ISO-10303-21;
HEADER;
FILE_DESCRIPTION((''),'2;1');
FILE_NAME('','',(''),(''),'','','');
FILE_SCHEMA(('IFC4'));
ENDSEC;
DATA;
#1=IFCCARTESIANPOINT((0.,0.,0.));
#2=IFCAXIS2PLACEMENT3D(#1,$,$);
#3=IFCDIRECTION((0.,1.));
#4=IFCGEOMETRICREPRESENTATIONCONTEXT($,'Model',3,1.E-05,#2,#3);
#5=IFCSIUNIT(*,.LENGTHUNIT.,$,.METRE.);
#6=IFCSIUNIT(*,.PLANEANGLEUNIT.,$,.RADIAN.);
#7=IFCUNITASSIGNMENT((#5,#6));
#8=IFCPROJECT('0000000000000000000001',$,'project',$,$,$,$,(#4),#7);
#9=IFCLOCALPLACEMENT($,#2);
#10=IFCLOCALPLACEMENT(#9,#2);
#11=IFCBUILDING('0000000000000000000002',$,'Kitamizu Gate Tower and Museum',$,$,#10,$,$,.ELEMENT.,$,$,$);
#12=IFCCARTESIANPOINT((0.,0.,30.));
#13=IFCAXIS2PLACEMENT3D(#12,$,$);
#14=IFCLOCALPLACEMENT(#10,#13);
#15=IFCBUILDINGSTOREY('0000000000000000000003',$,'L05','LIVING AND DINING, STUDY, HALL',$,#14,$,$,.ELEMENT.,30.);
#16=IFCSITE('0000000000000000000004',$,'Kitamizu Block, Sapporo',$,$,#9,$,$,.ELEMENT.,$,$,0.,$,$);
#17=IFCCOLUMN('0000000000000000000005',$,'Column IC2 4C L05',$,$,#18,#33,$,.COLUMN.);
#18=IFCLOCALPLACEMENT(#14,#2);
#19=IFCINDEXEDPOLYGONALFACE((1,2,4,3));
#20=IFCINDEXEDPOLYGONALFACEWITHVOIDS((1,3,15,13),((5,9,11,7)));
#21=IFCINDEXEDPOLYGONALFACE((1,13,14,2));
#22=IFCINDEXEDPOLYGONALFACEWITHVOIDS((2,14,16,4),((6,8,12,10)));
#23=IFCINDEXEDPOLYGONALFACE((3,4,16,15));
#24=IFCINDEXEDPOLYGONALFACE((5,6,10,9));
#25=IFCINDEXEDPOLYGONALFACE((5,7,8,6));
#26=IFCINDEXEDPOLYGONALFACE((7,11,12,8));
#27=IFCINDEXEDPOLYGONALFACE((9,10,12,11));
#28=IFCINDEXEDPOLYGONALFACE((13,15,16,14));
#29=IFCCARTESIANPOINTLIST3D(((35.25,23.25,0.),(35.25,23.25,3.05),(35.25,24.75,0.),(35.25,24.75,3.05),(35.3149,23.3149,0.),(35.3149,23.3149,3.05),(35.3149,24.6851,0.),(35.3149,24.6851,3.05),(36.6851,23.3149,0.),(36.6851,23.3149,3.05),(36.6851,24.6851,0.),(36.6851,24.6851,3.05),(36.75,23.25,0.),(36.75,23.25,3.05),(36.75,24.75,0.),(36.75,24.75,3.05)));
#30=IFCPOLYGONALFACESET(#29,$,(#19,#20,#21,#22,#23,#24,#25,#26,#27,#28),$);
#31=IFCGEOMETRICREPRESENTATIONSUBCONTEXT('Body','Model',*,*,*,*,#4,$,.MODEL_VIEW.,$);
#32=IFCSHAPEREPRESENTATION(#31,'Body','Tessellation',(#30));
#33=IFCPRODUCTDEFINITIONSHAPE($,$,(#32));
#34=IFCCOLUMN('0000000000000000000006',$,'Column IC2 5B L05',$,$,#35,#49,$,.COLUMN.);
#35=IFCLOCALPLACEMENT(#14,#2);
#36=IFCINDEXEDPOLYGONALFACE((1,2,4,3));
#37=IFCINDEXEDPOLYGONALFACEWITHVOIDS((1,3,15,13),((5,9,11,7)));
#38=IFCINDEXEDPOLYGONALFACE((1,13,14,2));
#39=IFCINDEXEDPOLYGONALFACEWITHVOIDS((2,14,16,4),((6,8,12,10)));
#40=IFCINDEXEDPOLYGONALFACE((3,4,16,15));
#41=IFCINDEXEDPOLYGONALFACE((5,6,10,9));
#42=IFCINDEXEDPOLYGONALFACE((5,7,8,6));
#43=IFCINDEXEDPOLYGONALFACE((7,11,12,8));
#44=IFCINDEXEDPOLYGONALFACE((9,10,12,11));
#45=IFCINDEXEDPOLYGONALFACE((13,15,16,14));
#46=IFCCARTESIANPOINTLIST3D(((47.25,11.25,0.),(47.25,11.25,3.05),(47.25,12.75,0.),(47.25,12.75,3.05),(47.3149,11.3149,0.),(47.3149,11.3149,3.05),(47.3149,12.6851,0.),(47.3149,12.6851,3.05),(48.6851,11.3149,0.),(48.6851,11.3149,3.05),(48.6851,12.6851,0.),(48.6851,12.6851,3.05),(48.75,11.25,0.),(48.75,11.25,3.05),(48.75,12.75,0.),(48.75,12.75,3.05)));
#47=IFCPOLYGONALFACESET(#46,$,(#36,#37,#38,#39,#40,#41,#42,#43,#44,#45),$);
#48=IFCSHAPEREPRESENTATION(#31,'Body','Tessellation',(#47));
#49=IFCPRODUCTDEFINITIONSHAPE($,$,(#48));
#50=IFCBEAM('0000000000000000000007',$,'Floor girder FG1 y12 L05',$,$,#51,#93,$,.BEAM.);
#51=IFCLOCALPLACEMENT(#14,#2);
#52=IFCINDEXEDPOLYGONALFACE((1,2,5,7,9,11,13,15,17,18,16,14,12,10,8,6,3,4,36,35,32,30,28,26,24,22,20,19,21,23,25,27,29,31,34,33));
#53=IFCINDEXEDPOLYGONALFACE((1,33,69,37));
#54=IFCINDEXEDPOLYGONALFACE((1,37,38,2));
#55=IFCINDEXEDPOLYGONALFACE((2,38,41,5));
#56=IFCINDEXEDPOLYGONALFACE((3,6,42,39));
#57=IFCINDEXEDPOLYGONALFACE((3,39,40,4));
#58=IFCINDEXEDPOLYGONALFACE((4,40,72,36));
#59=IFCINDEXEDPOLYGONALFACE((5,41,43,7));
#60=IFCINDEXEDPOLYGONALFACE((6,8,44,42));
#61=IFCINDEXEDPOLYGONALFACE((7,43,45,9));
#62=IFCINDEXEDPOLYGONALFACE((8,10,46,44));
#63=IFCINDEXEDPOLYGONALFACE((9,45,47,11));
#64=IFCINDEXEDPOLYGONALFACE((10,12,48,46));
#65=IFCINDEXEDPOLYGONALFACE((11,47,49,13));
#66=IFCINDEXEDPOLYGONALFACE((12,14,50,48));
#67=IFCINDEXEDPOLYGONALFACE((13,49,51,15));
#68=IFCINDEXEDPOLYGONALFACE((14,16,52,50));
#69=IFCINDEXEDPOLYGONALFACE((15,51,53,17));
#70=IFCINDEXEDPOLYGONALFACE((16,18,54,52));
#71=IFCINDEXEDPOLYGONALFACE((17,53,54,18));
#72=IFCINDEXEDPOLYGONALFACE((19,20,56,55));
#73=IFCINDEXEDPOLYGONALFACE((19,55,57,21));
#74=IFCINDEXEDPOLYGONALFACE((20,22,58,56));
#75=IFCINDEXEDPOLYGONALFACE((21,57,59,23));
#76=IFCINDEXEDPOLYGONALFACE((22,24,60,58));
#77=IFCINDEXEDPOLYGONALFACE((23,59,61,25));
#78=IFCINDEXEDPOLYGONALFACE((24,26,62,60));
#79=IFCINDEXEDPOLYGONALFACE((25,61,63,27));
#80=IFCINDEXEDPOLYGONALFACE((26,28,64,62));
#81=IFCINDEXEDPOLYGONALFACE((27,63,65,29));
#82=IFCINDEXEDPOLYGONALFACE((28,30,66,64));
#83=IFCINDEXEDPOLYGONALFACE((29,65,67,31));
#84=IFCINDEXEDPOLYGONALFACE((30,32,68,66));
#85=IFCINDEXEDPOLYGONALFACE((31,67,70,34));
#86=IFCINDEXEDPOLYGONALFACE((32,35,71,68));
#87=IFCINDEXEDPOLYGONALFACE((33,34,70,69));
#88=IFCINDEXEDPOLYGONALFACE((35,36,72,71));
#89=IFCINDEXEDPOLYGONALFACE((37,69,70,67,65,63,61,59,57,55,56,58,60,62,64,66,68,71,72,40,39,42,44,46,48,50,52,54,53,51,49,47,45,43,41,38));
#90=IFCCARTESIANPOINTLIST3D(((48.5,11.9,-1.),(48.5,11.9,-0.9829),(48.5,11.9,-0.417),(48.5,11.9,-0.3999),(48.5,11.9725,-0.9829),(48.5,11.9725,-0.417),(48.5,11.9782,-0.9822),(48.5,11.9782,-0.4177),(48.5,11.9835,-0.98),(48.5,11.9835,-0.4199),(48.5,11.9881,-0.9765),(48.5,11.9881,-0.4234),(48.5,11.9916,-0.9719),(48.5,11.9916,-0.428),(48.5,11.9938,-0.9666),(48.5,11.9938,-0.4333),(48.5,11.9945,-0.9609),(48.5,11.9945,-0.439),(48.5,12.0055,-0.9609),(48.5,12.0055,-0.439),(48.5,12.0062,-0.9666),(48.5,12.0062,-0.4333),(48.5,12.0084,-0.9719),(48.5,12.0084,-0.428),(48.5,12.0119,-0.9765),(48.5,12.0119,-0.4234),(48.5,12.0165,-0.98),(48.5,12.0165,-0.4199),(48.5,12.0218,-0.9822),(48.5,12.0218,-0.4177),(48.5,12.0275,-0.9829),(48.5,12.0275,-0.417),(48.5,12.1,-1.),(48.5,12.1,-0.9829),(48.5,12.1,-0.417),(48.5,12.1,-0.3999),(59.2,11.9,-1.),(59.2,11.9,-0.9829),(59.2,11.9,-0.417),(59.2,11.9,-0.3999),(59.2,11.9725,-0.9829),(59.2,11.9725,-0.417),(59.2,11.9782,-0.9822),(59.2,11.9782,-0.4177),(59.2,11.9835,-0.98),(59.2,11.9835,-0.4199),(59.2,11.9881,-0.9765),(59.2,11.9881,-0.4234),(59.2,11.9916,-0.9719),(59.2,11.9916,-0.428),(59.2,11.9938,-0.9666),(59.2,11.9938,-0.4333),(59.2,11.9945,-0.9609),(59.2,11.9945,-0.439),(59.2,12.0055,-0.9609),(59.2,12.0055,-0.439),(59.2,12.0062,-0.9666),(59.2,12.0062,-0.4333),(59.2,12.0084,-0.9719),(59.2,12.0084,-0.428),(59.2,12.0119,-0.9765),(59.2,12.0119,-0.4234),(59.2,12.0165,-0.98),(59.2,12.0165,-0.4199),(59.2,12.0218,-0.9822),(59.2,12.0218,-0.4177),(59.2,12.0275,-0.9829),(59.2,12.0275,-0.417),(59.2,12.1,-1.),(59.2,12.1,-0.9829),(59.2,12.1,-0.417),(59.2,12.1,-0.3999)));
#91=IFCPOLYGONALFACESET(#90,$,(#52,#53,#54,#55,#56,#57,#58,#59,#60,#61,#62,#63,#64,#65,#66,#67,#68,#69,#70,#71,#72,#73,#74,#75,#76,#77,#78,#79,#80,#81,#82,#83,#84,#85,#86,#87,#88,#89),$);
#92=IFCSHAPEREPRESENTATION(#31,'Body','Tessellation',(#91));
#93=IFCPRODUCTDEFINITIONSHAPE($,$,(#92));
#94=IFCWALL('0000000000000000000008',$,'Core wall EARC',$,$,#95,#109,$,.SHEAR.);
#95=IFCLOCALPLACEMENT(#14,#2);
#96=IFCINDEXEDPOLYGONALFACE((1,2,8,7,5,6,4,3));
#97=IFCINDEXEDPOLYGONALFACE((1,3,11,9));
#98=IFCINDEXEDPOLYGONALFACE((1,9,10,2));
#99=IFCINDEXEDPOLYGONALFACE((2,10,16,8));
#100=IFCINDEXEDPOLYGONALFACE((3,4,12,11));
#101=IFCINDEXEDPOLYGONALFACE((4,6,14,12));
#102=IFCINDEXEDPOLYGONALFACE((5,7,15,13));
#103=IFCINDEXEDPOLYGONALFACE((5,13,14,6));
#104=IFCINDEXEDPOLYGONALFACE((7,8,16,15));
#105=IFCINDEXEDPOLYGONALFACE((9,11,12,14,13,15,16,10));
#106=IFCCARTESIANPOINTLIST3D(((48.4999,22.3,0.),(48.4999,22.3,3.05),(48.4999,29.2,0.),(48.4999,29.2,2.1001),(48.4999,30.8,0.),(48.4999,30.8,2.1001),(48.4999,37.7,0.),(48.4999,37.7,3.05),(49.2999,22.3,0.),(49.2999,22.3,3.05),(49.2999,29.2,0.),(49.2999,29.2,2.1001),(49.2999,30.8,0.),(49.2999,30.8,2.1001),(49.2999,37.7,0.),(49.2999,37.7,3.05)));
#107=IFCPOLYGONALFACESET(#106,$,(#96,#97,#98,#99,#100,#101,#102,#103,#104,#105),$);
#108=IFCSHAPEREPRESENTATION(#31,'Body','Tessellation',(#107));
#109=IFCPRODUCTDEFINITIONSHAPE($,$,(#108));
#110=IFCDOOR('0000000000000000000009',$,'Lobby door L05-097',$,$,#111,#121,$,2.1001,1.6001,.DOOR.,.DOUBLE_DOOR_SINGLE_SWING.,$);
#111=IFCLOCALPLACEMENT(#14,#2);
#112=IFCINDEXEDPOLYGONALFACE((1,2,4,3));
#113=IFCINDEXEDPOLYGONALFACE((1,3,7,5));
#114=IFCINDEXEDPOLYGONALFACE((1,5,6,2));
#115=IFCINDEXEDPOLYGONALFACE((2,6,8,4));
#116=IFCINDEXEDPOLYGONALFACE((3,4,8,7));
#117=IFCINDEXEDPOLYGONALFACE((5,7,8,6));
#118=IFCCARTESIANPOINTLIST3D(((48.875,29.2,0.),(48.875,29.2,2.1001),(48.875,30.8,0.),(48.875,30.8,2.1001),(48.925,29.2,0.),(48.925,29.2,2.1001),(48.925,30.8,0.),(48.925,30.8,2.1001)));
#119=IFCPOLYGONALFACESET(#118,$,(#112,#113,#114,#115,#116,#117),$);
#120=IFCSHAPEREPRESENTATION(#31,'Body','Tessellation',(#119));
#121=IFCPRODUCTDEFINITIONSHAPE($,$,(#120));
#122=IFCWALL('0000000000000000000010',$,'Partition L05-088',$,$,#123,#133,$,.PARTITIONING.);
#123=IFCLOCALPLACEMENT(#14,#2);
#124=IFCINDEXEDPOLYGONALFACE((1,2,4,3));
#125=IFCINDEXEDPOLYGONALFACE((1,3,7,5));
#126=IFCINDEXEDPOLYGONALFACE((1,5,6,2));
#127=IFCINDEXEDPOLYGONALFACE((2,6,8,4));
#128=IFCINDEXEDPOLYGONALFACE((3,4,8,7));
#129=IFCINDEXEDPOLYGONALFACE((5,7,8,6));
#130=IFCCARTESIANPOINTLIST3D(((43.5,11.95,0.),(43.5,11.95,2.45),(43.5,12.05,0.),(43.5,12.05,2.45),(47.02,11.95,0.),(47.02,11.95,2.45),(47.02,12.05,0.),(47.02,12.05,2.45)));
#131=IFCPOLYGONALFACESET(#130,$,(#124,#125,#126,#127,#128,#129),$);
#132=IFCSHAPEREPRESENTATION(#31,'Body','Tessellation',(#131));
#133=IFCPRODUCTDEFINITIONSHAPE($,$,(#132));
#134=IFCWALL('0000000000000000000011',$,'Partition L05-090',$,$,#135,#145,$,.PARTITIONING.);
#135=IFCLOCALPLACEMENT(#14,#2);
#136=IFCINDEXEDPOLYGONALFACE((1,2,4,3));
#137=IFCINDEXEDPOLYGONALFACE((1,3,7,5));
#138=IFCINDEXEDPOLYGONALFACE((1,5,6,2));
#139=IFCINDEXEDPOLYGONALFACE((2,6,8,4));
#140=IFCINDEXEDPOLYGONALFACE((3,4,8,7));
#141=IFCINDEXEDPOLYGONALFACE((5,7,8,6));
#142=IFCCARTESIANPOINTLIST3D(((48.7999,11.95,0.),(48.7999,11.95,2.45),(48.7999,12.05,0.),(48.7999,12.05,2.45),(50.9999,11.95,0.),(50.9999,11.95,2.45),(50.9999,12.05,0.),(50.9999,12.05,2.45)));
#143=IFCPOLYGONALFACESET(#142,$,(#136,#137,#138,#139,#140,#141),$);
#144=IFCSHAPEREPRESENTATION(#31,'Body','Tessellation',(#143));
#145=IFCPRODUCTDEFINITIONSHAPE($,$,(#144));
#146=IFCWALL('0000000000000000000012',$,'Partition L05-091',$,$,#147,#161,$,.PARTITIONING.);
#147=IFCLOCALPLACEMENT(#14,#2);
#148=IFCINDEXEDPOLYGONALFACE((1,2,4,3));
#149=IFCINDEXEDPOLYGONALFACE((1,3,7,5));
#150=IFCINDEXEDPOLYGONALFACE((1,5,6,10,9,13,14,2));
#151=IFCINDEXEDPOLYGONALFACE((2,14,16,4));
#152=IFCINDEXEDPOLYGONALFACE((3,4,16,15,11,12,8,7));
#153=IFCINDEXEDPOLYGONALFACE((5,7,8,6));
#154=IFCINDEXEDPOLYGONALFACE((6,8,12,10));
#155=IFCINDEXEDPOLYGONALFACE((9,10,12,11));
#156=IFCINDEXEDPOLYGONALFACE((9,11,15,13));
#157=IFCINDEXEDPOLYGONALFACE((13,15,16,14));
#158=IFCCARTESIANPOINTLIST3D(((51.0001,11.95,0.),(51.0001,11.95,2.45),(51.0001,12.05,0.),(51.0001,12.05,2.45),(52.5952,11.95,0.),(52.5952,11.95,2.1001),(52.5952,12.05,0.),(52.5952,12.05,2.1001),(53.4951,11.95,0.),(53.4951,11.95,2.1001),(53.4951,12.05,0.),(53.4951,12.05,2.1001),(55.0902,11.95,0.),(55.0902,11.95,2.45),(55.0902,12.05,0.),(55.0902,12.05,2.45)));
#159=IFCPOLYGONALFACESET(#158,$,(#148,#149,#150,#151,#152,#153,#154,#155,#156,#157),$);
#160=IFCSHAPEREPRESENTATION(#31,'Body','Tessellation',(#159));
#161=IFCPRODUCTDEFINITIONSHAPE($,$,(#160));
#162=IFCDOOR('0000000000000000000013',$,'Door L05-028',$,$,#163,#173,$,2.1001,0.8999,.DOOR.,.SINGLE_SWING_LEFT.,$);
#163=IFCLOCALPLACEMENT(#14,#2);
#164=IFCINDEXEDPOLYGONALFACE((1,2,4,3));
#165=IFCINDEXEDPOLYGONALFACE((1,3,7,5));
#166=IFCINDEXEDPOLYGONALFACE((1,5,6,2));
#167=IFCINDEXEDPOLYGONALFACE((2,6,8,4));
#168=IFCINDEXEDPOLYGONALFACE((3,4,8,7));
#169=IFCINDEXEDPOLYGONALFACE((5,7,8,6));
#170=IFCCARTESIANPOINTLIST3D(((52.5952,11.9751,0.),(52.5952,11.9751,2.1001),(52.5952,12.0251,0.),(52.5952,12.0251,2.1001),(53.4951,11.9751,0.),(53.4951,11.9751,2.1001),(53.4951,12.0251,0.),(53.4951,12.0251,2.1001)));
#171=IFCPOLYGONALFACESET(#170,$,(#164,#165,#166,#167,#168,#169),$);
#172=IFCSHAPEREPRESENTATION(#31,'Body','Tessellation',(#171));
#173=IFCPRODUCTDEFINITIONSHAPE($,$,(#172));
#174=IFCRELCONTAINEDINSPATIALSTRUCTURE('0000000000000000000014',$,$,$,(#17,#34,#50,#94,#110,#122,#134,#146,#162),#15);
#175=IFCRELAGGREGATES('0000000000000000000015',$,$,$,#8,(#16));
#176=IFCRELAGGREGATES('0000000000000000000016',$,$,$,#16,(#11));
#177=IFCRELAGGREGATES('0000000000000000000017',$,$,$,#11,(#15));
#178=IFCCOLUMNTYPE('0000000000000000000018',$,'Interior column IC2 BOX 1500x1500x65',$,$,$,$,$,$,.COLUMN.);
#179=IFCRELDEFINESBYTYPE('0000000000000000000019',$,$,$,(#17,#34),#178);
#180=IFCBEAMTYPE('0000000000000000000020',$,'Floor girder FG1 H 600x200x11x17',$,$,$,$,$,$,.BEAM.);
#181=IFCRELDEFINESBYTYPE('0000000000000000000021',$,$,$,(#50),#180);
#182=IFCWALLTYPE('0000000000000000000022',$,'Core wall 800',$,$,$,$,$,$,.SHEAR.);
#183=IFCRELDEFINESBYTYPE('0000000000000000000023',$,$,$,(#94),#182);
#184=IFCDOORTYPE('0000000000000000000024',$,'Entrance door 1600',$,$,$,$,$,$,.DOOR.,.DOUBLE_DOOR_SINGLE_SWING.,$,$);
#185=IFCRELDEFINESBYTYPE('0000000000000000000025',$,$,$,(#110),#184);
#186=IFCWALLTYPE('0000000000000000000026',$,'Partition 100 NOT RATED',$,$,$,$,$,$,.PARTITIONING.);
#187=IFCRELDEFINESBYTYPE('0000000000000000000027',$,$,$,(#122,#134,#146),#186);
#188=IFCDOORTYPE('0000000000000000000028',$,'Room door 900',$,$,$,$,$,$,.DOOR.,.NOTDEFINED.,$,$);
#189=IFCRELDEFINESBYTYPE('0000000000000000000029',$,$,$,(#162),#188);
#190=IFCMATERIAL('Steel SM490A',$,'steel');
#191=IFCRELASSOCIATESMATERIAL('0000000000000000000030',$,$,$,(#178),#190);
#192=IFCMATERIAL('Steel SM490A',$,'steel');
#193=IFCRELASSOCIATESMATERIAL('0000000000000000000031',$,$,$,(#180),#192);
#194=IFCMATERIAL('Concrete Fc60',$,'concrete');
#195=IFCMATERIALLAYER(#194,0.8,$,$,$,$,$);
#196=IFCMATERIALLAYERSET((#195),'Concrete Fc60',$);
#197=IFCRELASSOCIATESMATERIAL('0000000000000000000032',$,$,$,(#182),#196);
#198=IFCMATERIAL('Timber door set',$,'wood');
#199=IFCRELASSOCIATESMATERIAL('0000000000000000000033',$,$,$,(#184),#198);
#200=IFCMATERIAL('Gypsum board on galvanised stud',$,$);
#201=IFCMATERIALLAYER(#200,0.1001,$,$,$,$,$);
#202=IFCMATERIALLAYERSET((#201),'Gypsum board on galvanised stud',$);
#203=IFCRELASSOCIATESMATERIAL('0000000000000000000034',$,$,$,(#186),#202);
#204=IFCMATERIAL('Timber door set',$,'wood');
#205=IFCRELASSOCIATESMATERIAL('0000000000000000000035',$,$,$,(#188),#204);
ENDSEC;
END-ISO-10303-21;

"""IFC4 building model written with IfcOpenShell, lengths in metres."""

from ifc_helpers import new_model, si_unit, direction, frame, frame_2d, origin, origin_2d, place, context, subcontext, project, spatial, rectangle, hollow_rectangle, i_section, extrude, material, layer, layer_set, material_profile, profile_set, type_object, element, fill, save


model = new_model("IFC4")

# Units and contexts
model_context = context("Model", 3, precision=1e-05, world=origin(), true_north=direction((0.0, 1.0)))
body_context = subcontext(model_context, "Body", "Model", "MODEL_VIEW")
ifc_project = project(units=[si_unit("LENGTHUNIT", "METRE"), si_unit("PLANEANGLEUNIT", "RADIAN")], contexts=[model_context])

# Site, building, storey
site_placement = place(None, origin())
site = spatial("IfcSite", under=ifc_project, at=site_placement, Name="Kitamizu Block, Sapporo", CompositionType="ELEMENT", RefElevation=0.0)
building_placement = place(site_placement, origin())
building = spatial("IfcBuilding", under=site, at=building_placement, Name="Kitamizu Gate Tower and Museum", CompositionType="ELEMENT")
storey_placement = place(building_placement, frame((0.0, 0.0, 30.0)))
storey = spatial("IfcBuildingStorey", under=building, at=storey_placement, Name="L05", Description="LIVING AND DINING, STUDY, HALL", CompositionType="ELEMENT", Elevation=30.0)

# Columns
ifc_material_1 = material(Name="Steel SM490A", Category="steel")
ifc_material_profile_1 = material_profile(ifc_material_1, hollow_rectangle(XDim=1.5, YDim=1.5, WallThickness=0.0649, at=origin_2d()), Name="BOX 1500x1500x65")
ifc_profile_set_1 = profile_set([ifc_material_profile_1], Name="Steel SM490A")
column_type = type_object("IfcColumnType", Name="Interior column IC2 BOX 1500x1500x65", PredefinedType="COLUMN", material=ifc_profile_set_1)
for number, where, z_axis, x_axis, name in (
    (1, (36.0, 24.0, 0.0), (0.0, 0.0, 1.0), (1.0, 0.0, 0.0), "Column IC2 4C L05"),
    (2, (48.0, 12.0, 0.0), (0.0, 0.0, 1.0), (1.0, 0.0, 0.0), "Column IC2 5B L05"),
):
    element("IfcColumn", number, at=place(storey_placement, frame(where, z_axis=z_axis, x_axis=x_axis)), inside=storey, type_object=column_type, Name=name, PredefinedType="COLUMN", context=body_context, shape_type="SweptSolid", body=[
        extrude(hollow_rectangle(XDim=1.5, YDim=1.5, WallThickness=0.0649, at=origin_2d()), origin(), (0.0, 0.0, 1.0), 3.05),
    ])

# Beam
ifc_material_2 = material(Name="Steel SM490A", Category="steel")
ifc_material_profile_2 = material_profile(ifc_material_2, i_section(OverallWidth=0.2, OverallDepth=0.6001, WebThickness=0.011, FlangeThickness=0.0171, FilletRadius=0.022, at=origin_2d()), Name="H-600x200x11x17")
ifc_profile_set_2 = profile_set([ifc_material_profile_2], Name="Steel SM490A")
beam_type = type_object("IfcBeamType", Name="Floor girder FG1 H 600x200x11x17", PredefinedType="BEAM", material=ifc_profile_set_2)
beam_placement = place(storey_placement, frame((48.5, 12.0, -0.7), z_axis=(1.0, 0.0, 0.0), x_axis=(0.0, 1.0, 0.0)))
element("IfcBeam", 3, at=beam_placement, inside=storey, type_object=beam_type, Name="Floor girder FG1 y12 L05", PredefinedType="BEAM", context=body_context, shape_type="SweptSolid", body=[
    extrude(i_section(OverallWidth=0.2, OverallDepth=0.6001, WebThickness=0.011, FlangeThickness=0.0171, FilletRadius=0.022, at=origin_2d()), origin(), (0.0, 0.0, 1.0), 10.7),
])

# Wall, opening, door
ifc_material_3 = material(Name="Concrete Fc60", Category="concrete")
ifc_layer_1 = layer(ifc_material_3, 0.8)
ifc_layer_set_1 = layer_set([ifc_layer_1], Name="Concrete Fc60")
wall_type_1 = type_object("IfcWallType", Name="Core wall 800", PredefinedType="SHEAR", material=ifc_layer_set_1)
wall_1_placement = place(storey_placement, frame((48.8999, 22.3, 0.0), z_axis=(0.0, 0.0, 1.0), x_axis=(0.0, 1.0, 0.0)))
wall_1 = element("IfcWall", 4, at=wall_1_placement, inside=storey, type_object=wall_type_1, Name="Core wall EARC", PredefinedType="SHEAR", context=body_context, shape_type="SweptSolid", body=[
    extrude(rectangle(XDim=15.3999, YDim=0.8, at=frame_2d((7.7, 0.0))), origin(), (0.0, 0.0, 1.0), 3.05),
])
opening_1_placement = place(wall_1_placement, frame((6.8999, 0.0, 0.0)))
opening_1 = element("IfcOpeningElement", 5, at=opening_1_placement, cuts=wall_1, PredefinedType="OPENING", context=body_context, shape_type="SweptSolid", body=[
    extrude(rectangle(XDim=1.6001, YDim=2.1001, at=frame_2d((0.8, 1.05))), frame((0.0, 0.4102, 0.0), z_axis=(0.0, -1.0, 0.0), x_axis=(1.0, 0.0, 0.0)), (0.0, 0.0, 1.0), 0.8201),
])
ifc_material_4 = material(Name="Timber door set", Category="wood")
door_type_1 = type_object("IfcDoorType", Name="Entrance door 1600", OperationType="DOUBLE_DOOR_SINGLE_SWING", PredefinedType="DOOR", material=ifc_material_4)
door_1_placement = place(opening_1_placement, origin())
door_1 = element("IfcDoor", 6, at=door_1_placement, inside=storey, type_object=door_type_1, Name="Lobby door L05-097", OperationType="DOUBLE_DOOR_SINGLE_SWING", OverallHeight=2.1001, OverallWidth=1.6001, PredefinedType="DOOR", context=body_context, shape_type="SweptSolid", body=[
    extrude(rectangle(XDim=1.6001, YDim=2.1001, at=frame_2d((0.8, 1.05))), frame((0.0, 0.0249, 0.0), z_axis=(0.0, -1.0, 0.0), x_axis=(1.0, 0.0, 0.0)), (0.0, 0.0, 1.0), 0.05),
])
fill(opening_1, door_1)

# Walls
ifc_material_5 = material(Name="Gypsum board on galvanised stud")
ifc_layer_2 = layer(ifc_material_5, 0.1001)
ifc_layer_set_2 = layer_set([ifc_layer_2], Name="Gypsum board on galvanised stud")
wall_type_2 = type_object("IfcWallType", Name="Partition 100 NOT RATED", PredefinedType="PARTITIONING", material=ifc_layer_set_2)
wall_2_placement = place(storey_placement, frame((47.02, 12.0, 0.0), z_axis=(0.0, 0.0, 1.0), x_axis=(-1.0, 0.0, 0.0)))
element("IfcWall", 7, at=wall_2_placement, inside=storey, type_object=wall_type_2, Name="Partition L05-088", PredefinedType="PARTITIONING", context=body_context, shape_type="SweptSolid", body=[
    extrude(rectangle(XDim=3.52, YDim=0.1001, at=frame_2d((1.76, 0.0))), origin(), (0.0, 0.0, 1.0), 2.45),
])
wall_3_placement = place(storey_placement, frame((51.0, 12.0, 0.0), z_axis=(0.0, 0.0, 1.0), x_axis=(-1.0, 0.0, 0.0)))
element("IfcWall", 8, at=wall_3_placement, inside=storey, type_object=wall_type_2, Name="Partition L05-090", PredefinedType="PARTITIONING", context=body_context, shape_type="SweptSolid", body=[
    extrude(rectangle(XDim=2.2, YDim=0.1001, at=frame_2d((1.1001, 0.0))), origin(), (0.0, 0.0, 1.0), 2.45),
])

# Wall, opening, door
wall_4_placement = place(storey_placement, frame((55.0901, 12.0, 0.0), z_axis=(0.0, 0.0, 1.0), x_axis=(-1.0, 0.0, 0.0)))
wall_4 = element("IfcWall", 9, at=wall_4_placement, inside=storey, type_object=wall_type_2, Name="Partition L05-091", PredefinedType="PARTITIONING", context=body_context, shape_type="SweptSolid", body=[
    extrude(rectangle(XDim=4.0901, YDim=0.1001, at=frame_2d((2.0449, 0.0))), origin(), (0.0, 0.0, 1.0), 2.45),
])
opening_2_placement = place(wall_4_placement, frame((1.595, 0.0, 0.0)))
opening_2 = element("IfcOpeningElement", 10, at=opening_2_placement, cuts=wall_4, PredefinedType="OPENING", context=body_context, shape_type="SweptSolid", body=[
    extrude(rectangle(XDim=0.8999, YDim=2.1001, at=frame_2d((0.45, 1.05))), frame((0.0, 0.0601, 0.0), z_axis=(0.0, -1.0, 0.0), x_axis=(1.0, 0.0, 0.0)), (0.0, 0.0, 1.0), 0.1201),
])
ifc_material_6 = material(Name="Timber door set", Category="wood")
door_type_2 = type_object("IfcDoorType", Name="Room door 900", OperationType="NOTDEFINED", PredefinedType="DOOR", material=ifc_material_6)
door_2_placement = place(opening_2_placement, origin())
door_2 = element("IfcDoor", 11, at=door_2_placement, inside=storey, type_object=door_type_2, Name="Door L05-028", OperationType="SINGLE_SWING_LEFT", OverallHeight=2.1001, OverallWidth=0.8999, PredefinedType="DOOR", context=body_context, shape_type="SweptSolid", body=[
    extrude(rectangle(XDim=0.8999, YDim=2.1001, at=frame_2d((0.45, 1.05))), frame((0.0, 0.0249, 0.0), z_axis=(0.0, -1.0, 0.0), x_axis=(1.0, 0.0, 0.0)), (0.0, 0.0, 1.0), 0.05),
])
fill(opening_2, door_2)

save(model, "model.ifc")
